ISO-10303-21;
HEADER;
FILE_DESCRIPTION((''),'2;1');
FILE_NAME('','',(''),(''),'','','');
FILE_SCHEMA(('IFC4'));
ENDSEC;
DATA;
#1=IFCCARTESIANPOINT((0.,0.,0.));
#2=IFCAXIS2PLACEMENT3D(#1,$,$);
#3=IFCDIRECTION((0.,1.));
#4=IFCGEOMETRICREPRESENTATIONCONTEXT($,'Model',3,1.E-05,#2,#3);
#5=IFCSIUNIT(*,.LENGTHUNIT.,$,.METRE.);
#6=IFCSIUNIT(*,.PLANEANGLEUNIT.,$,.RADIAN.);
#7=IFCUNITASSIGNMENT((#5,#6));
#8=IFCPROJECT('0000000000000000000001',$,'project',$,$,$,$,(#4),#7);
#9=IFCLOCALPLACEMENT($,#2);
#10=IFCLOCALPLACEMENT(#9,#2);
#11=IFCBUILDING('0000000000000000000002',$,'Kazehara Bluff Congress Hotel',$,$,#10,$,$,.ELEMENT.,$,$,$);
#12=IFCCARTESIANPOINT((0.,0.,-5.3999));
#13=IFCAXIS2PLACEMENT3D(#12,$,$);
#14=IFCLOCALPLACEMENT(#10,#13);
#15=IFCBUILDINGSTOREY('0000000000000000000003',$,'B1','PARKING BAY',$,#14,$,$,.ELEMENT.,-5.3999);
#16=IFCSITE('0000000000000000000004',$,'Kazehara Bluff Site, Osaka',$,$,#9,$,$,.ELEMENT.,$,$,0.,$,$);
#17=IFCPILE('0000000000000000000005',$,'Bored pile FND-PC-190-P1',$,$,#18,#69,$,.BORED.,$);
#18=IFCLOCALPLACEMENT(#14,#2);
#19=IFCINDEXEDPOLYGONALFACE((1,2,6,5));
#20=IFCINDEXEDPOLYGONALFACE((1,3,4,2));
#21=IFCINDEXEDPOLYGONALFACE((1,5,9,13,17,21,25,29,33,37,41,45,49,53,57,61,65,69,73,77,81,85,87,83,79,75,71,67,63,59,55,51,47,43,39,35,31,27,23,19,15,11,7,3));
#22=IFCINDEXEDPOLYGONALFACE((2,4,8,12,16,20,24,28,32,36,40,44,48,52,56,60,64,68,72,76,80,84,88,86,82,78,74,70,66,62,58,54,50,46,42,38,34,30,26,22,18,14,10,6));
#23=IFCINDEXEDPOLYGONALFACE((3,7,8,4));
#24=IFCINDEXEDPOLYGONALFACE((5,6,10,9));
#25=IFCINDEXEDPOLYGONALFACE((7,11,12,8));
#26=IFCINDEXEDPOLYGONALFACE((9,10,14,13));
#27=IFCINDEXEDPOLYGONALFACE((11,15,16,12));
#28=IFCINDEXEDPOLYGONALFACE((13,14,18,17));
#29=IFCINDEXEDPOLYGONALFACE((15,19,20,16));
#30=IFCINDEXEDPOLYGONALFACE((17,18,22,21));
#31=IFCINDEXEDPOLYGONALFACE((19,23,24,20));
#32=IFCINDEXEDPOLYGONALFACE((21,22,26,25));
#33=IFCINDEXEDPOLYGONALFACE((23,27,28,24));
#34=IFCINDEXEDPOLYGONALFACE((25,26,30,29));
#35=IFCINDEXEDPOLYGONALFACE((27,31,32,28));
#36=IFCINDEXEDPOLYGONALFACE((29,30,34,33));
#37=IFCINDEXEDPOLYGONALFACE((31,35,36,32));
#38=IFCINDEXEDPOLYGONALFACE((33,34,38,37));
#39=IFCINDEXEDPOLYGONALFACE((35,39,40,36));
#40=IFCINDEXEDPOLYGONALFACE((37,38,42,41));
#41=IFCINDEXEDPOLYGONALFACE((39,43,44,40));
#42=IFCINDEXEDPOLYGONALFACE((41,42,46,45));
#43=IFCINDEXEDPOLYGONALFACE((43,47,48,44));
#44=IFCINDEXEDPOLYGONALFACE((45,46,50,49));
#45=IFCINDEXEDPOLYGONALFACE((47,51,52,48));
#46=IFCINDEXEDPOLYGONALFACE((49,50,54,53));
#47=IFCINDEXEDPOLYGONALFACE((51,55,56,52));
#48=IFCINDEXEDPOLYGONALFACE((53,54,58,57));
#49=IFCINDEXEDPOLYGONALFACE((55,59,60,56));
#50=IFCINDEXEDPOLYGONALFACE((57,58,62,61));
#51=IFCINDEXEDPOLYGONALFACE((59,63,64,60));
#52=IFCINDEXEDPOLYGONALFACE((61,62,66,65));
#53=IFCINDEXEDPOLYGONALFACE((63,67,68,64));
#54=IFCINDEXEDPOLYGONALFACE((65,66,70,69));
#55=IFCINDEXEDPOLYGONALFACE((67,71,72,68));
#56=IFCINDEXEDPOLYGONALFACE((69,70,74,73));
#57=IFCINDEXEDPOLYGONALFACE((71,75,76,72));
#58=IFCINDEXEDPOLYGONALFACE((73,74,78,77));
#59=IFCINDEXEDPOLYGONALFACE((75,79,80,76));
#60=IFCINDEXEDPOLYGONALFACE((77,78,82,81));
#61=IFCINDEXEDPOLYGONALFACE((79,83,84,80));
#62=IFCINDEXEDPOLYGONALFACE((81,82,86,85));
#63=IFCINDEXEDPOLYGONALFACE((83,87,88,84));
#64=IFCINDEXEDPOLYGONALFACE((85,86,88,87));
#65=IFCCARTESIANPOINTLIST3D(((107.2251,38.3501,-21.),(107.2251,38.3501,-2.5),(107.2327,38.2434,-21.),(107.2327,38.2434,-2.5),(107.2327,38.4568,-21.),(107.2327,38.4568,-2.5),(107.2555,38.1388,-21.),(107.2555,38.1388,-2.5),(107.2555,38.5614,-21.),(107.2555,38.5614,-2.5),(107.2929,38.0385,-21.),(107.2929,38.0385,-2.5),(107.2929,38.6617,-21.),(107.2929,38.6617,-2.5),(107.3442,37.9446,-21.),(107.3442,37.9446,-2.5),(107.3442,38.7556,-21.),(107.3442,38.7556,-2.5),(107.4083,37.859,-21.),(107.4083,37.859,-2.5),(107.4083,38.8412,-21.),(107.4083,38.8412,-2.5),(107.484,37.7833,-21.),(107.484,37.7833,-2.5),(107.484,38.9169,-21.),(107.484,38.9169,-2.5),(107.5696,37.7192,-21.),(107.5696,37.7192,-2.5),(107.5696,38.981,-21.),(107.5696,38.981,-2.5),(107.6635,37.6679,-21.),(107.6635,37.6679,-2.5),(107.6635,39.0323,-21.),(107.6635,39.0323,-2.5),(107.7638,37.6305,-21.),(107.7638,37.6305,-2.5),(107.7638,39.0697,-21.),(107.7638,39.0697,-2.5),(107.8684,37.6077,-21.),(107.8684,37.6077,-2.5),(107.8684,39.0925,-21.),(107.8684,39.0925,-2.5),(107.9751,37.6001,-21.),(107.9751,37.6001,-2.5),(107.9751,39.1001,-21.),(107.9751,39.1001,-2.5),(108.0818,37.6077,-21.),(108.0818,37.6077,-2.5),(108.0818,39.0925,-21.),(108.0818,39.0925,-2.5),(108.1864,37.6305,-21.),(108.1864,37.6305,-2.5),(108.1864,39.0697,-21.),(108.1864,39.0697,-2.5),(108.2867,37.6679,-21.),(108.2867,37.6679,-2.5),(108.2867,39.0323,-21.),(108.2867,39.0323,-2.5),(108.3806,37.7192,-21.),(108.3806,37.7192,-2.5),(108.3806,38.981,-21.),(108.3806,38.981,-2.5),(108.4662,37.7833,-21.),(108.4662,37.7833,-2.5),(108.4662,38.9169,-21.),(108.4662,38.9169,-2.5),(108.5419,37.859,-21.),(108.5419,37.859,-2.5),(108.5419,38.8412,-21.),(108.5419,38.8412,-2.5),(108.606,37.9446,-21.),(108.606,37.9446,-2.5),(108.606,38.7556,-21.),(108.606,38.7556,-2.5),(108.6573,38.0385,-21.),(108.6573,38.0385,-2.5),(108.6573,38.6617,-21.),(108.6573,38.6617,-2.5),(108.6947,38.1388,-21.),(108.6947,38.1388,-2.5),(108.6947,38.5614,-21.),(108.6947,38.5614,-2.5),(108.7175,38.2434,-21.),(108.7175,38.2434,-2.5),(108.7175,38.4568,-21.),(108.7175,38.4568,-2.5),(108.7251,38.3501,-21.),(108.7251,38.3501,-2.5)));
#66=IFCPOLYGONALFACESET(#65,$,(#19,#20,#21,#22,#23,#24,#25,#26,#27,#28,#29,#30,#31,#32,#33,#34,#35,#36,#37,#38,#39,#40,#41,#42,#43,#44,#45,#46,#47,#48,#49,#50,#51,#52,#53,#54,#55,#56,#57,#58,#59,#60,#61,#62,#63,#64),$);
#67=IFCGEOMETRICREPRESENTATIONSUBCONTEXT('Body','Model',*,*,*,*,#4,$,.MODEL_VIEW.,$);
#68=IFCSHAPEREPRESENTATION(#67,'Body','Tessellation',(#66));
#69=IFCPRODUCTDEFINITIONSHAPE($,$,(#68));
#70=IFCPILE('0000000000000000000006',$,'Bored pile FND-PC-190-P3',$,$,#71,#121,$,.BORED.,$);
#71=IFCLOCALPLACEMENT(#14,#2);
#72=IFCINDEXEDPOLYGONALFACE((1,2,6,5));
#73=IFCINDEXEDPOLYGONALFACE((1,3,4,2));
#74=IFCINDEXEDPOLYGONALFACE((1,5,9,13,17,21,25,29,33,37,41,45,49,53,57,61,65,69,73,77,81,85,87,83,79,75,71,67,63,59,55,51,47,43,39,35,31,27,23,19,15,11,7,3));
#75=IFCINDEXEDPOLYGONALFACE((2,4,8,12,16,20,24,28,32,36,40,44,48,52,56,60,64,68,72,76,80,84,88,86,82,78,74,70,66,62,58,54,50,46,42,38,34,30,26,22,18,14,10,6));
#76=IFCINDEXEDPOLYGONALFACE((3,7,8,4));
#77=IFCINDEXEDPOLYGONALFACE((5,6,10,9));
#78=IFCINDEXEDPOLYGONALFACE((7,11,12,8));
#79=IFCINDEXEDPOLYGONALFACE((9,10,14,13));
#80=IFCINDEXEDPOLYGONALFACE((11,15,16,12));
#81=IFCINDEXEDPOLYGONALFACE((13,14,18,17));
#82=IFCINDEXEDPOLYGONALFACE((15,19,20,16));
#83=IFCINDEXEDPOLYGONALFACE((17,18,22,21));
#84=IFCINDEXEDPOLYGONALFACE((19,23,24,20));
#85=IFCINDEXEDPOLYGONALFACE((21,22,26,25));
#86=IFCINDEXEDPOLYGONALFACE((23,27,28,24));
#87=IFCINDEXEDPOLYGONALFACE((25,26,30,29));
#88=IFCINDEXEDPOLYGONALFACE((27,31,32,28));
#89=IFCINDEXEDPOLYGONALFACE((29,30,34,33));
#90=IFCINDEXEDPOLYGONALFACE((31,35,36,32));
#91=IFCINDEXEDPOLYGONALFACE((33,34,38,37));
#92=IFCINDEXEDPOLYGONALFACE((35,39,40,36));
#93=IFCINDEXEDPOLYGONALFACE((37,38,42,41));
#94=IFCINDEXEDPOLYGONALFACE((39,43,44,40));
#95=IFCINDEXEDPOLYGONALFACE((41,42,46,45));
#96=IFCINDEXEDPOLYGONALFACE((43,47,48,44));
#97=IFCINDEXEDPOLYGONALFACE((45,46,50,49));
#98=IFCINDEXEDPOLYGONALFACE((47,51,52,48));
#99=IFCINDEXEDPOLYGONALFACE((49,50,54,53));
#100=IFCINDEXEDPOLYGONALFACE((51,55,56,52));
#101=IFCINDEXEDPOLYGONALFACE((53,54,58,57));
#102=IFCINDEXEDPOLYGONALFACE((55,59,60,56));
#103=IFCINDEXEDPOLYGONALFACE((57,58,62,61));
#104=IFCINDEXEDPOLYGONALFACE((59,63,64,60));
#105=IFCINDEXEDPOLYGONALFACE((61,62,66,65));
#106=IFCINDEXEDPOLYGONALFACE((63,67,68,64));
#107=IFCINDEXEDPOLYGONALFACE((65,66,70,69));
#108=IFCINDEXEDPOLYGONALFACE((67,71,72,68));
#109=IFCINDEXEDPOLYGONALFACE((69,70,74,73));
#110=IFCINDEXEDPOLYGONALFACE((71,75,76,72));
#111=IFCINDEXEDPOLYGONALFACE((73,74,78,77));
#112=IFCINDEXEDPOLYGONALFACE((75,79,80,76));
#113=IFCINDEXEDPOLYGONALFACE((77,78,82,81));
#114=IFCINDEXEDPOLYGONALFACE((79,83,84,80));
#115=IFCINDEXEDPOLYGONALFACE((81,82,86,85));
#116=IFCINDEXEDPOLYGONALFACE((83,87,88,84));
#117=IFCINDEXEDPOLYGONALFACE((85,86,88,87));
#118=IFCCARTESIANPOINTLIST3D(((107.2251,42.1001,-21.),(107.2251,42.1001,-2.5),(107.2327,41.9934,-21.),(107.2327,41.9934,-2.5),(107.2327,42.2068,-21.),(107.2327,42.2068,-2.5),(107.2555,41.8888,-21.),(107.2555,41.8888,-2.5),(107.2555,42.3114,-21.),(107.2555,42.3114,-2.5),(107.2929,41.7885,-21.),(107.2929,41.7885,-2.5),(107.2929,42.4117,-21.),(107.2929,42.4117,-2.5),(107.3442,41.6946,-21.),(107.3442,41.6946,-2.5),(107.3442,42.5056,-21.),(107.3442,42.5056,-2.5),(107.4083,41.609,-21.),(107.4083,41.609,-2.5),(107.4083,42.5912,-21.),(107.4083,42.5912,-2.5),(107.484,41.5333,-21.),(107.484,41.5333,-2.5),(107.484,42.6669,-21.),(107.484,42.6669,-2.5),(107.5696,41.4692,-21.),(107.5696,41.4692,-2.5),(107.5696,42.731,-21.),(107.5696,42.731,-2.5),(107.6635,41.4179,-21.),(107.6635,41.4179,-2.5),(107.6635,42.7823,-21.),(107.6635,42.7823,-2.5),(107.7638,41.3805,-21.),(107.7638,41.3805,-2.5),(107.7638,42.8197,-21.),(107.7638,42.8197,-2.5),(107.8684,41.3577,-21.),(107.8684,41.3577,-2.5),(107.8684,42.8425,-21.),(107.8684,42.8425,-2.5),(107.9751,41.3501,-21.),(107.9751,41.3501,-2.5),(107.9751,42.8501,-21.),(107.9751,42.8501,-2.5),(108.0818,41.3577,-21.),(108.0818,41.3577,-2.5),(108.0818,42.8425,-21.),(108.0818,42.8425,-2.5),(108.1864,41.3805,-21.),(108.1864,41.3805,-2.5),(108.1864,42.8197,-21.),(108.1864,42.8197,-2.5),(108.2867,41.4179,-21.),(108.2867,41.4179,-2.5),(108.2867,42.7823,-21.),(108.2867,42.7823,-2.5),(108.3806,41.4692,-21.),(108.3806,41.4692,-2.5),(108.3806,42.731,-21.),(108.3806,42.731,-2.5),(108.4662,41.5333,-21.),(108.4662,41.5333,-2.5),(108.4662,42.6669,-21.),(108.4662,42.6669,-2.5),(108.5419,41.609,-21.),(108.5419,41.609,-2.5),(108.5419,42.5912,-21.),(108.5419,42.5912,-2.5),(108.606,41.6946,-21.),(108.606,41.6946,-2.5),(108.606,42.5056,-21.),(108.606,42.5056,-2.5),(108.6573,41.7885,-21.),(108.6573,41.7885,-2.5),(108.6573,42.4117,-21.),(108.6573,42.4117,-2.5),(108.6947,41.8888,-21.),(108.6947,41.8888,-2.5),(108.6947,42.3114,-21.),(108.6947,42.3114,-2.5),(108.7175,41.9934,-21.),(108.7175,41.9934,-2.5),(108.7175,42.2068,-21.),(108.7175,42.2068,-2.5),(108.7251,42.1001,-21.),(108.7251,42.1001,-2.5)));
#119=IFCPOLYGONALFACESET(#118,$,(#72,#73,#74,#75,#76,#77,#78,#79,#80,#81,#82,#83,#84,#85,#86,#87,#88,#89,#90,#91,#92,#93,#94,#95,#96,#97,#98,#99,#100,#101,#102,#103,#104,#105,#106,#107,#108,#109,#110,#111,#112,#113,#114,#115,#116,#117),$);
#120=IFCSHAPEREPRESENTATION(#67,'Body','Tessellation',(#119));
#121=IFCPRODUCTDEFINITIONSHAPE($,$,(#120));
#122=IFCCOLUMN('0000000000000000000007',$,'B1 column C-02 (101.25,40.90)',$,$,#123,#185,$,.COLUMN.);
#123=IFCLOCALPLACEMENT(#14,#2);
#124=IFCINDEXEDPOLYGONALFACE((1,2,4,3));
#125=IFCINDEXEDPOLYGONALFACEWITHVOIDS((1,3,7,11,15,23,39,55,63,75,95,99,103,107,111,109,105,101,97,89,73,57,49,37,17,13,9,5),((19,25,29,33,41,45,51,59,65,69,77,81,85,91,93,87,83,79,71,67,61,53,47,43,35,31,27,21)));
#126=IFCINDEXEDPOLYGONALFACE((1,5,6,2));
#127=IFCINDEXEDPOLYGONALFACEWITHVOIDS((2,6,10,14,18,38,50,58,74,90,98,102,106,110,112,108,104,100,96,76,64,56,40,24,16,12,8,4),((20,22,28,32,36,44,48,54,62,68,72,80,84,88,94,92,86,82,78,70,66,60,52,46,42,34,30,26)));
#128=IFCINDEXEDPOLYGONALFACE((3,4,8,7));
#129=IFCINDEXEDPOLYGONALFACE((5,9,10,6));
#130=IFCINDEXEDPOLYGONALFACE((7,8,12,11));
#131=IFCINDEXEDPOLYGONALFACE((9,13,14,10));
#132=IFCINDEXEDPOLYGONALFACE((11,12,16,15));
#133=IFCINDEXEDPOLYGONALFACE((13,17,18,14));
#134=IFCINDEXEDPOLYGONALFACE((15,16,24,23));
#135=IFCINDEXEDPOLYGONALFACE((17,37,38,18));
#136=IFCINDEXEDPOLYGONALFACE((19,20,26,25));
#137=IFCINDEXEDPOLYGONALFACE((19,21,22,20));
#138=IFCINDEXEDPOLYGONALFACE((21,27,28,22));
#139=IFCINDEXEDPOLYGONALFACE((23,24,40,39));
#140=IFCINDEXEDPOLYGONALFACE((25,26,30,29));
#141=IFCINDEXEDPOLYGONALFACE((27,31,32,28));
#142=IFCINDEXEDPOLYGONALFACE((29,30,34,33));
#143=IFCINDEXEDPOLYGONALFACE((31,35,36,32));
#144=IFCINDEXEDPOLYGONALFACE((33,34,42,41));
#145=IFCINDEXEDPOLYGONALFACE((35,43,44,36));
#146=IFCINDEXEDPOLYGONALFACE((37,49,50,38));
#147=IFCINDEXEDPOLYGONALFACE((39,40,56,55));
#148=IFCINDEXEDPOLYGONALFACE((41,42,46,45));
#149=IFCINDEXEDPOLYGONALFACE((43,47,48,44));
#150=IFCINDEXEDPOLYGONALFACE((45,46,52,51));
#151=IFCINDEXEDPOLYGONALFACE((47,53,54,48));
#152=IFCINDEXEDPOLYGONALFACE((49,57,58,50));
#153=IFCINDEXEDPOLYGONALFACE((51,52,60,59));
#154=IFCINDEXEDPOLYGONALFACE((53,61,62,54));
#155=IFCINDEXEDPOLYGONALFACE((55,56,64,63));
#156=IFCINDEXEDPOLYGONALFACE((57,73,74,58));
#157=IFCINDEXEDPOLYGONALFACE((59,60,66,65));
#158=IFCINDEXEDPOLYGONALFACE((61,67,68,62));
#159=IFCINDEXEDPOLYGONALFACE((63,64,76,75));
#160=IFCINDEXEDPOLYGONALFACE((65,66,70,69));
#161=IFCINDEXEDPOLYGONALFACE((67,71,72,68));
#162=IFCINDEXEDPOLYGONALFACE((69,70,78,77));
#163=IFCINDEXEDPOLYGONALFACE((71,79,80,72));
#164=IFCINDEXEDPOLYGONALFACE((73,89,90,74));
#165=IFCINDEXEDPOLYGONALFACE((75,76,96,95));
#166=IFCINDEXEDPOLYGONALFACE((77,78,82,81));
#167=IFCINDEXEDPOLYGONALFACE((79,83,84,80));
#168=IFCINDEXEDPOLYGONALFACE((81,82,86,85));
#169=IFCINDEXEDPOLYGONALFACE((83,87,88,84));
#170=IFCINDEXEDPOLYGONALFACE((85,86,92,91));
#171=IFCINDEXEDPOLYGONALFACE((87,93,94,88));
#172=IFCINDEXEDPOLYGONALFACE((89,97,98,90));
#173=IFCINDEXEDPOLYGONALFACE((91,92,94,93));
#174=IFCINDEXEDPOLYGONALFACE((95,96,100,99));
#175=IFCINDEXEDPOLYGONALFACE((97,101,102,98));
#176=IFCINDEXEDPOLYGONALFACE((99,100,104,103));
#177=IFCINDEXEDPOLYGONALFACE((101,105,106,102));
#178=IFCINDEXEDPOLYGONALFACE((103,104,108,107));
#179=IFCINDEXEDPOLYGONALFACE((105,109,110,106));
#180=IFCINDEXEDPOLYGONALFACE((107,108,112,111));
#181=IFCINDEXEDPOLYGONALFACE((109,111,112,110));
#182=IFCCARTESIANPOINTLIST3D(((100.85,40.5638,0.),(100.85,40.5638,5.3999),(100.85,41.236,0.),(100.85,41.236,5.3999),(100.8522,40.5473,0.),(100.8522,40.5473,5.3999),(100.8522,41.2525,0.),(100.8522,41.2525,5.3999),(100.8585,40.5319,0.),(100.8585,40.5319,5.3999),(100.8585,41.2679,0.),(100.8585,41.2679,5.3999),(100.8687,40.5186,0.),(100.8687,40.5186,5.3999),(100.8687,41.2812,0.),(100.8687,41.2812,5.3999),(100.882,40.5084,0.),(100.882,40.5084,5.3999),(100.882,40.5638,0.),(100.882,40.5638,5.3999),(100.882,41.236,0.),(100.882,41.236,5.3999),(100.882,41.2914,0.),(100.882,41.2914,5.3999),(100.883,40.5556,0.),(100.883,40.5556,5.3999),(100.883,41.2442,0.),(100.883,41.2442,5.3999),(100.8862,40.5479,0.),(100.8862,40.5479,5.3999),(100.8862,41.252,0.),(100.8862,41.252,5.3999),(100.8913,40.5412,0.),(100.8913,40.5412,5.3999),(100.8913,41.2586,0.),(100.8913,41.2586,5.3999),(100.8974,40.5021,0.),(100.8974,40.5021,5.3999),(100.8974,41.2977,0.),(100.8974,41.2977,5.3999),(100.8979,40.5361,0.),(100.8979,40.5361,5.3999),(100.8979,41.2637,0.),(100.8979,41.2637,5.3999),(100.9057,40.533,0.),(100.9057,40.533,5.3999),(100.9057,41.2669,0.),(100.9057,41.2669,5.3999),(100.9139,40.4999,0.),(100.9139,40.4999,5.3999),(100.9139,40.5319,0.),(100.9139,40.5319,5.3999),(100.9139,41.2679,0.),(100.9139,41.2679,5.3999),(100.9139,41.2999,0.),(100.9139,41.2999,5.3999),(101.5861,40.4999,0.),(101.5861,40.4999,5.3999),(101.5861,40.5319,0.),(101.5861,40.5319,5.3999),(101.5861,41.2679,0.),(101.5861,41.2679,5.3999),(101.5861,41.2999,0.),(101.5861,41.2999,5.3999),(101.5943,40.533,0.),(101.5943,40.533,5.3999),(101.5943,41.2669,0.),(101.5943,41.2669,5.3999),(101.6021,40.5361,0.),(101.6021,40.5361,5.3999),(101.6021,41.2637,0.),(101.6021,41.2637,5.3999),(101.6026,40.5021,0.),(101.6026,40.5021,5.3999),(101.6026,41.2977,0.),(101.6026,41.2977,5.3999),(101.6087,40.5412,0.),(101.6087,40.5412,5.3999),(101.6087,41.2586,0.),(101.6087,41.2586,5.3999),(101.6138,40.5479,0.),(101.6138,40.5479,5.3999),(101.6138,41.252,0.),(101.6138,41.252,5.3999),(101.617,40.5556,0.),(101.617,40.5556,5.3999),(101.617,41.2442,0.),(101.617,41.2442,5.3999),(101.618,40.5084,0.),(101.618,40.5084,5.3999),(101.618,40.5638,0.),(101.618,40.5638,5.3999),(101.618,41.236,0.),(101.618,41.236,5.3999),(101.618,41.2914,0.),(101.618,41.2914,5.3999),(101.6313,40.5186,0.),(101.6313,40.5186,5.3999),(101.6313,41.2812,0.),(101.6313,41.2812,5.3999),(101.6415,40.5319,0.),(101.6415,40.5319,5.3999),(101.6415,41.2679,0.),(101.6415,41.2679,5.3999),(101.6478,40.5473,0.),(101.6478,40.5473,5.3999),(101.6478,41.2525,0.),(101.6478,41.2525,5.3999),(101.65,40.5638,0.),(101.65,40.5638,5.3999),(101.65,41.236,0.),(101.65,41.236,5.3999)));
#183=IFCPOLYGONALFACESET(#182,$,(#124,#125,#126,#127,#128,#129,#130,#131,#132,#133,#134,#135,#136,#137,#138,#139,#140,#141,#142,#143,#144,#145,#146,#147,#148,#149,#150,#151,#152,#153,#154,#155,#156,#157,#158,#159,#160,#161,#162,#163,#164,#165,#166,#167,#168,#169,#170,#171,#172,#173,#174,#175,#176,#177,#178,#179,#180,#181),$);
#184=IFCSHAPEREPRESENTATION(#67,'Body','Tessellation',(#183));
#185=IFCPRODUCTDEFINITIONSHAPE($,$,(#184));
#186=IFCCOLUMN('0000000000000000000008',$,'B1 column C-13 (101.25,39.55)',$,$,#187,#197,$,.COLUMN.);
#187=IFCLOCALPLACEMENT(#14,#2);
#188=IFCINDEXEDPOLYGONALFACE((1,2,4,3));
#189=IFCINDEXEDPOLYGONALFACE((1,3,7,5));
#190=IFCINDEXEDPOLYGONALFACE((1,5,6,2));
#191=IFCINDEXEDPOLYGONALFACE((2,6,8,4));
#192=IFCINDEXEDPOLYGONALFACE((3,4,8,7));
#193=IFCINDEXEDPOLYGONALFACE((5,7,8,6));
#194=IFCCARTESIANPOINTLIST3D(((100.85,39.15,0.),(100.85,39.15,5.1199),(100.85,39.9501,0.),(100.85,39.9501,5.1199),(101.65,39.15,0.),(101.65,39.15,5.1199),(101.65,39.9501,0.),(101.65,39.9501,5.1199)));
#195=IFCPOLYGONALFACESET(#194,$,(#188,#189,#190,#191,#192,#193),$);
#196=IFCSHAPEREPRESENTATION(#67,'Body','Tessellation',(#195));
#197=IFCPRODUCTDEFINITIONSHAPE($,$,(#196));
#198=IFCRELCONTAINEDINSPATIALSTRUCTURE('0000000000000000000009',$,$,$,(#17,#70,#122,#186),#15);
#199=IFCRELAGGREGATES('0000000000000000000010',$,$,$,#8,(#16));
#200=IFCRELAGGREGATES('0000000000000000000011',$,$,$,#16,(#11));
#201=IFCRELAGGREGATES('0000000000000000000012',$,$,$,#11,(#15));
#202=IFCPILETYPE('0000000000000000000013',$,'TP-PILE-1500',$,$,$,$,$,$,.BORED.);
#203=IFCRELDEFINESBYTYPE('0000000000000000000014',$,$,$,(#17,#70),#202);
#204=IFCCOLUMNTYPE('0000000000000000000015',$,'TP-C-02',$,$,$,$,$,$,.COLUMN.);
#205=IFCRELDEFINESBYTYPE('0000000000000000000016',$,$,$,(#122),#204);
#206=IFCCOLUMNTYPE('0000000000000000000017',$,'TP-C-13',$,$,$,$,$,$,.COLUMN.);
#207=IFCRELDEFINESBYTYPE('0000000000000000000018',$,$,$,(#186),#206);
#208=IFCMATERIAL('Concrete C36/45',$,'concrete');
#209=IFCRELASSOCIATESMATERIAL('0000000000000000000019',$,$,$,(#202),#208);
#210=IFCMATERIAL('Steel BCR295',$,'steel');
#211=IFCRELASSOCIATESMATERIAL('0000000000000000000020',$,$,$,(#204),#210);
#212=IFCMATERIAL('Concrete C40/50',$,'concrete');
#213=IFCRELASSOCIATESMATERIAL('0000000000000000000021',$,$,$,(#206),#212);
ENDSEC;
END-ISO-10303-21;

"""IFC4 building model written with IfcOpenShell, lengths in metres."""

from ifc_helpers import new_model, si_unit, direction, frame, origin, origin_2d, place, context, subcontext, project, spatial, rectangle, hollow_rectangle, circle, extrude, material, material_profile, profile_set, type_object, element, save


model = new_model("IFC4")

# Units and contexts
model_context = context("Model", 3, precision=1e-05, world=origin(), true_north=direction((0.0, 1.0)))
body_context = subcontext(model_context, "Body", "Model", "MODEL_VIEW")
ifc_project = project(units=[si_unit("LENGTHUNIT", "METRE"), si_unit("PLANEANGLEUNIT", "RADIAN")], contexts=[model_context])

# Site, building, storey
site_placement = place(None, origin())
site = spatial("IfcSite", under=ifc_project, at=site_placement, Name="Kazehara Bluff Site, Osaka", CompositionType="ELEMENT", RefElevation=0.0)
building_placement = place(site_placement, origin())
building = spatial("IfcBuilding", under=site, at=building_placement, Name="Kazehara Bluff Congress Hotel", CompositionType="ELEMENT")
storey_placement = place(building_placement, frame((0.0, 0.0, -5.3999)))
storey = spatial("IfcBuildingStorey", under=building, at=storey_placement, Name="B1", Description="PARKING BAY", CompositionType="ELEMENT", Elevation=-5.3999)

# Piles
ifc_material_1 = material(Name="Concrete C36/45", Category="concrete")
ifc_material_profile_1 = material_profile(ifc_material_1, circle(Radius=0.75, at=origin_2d()))
ifc_profile_set_1 = profile_set([ifc_material_profile_1], Name="Concrete C36/45")
pile_type_1 = type_object("IfcPileType", Name="TP-PILE-1500", PredefinedType="BORED", material=ifc_profile_set_1)
for number, where, z_axis, x_axis, name in (
    (1, (107.9751, 38.3501, -2.5), (0.0, 0.0, -1.0), (1.0, 0.0, 0.0), "Bored pile FND-PC-190-P1"),
    (2, (107.9751, 42.1001, -2.5), (0.0, 0.0, -1.0), (1.0, 0.0, 0.0), "Bored pile FND-PC-190-P3"),
):
    element("IfcPile", number, at=place(storey_placement, frame(where, z_axis=z_axis, x_axis=x_axis)), inside=storey, type_object=pile_type_1, Name=name, PredefinedType="BORED", context=body_context, shape_type="SweptSolid", body=[
        extrude(circle(Radius=0.75, at=origin_2d()), origin(), (0.0, 0.0, 1.0), 18.5),
    ])

# Columns
ifc_material_2 = material(Name="Steel BCR295", Category="steel")
ifc_material_profile_2 = material_profile(ifc_material_2, hollow_rectangle(XDim=0.8, YDim=0.8, WallThickness=0.032, InnerFilletRadius=0.032, OuterFilletRadius=0.064, at=origin_2d()))
ifc_profile_set_2 = profile_set([ifc_material_profile_2], Name="Steel BCR295")
column_type_1 = type_object("IfcColumnType", Name="TP-C-02", PredefinedType="COLUMN", material=ifc_profile_set_2)
column_1_placement = place(storey_placement, frame((101.25, 40.8999, 0.0), z_axis=(0.0, 0.0, 1.0), x_axis=(1.0, 0.0, 0.0)))
element("IfcColumn", 3, at=column_1_placement, inside=storey, type_object=column_type_1, Name="B1 column C-02 (101.25,40.90)", PredefinedType="COLUMN", context=body_context, shape_type="SweptSolid", body=[
    extrude(hollow_rectangle(XDim=0.8, YDim=0.8, WallThickness=0.032, InnerFilletRadius=0.032, OuterFilletRadius=0.064, at=origin_2d()), origin(), (0.0, 0.0, 1.0), 5.3999),
])
ifc_material_3 = material(Name="Concrete C40/50", Category="concrete")
ifc_material_profile_3 = material_profile(ifc_material_3, rectangle(XDim=0.8, YDim=0.8, at=origin_2d()))
ifc_profile_set_3 = profile_set([ifc_material_profile_3], Name="Concrete C40/50")
column_type_2 = type_object("IfcColumnType", Name="TP-C-13", PredefinedType="COLUMN", material=ifc_profile_set_3)
column_2_placement = place(storey_placement, frame((101.25, 39.55, 0.0), z_axis=(0.0, 0.0, 1.0), x_axis=(1.0, 0.0, 0.0)))
element("IfcColumn", 4, at=column_2_placement, inside=storey, type_object=column_type_2, Name="B1 column C-13 (101.25,39.55)", PredefinedType="COLUMN", context=body_context, shape_type="SweptSolid", body=[
    extrude(rectangle(XDim=0.8, YDim=0.8, at=origin_2d()), origin(), (0.0, 0.0, 1.0), 5.1199),
])

save(model, "model.ifc")
